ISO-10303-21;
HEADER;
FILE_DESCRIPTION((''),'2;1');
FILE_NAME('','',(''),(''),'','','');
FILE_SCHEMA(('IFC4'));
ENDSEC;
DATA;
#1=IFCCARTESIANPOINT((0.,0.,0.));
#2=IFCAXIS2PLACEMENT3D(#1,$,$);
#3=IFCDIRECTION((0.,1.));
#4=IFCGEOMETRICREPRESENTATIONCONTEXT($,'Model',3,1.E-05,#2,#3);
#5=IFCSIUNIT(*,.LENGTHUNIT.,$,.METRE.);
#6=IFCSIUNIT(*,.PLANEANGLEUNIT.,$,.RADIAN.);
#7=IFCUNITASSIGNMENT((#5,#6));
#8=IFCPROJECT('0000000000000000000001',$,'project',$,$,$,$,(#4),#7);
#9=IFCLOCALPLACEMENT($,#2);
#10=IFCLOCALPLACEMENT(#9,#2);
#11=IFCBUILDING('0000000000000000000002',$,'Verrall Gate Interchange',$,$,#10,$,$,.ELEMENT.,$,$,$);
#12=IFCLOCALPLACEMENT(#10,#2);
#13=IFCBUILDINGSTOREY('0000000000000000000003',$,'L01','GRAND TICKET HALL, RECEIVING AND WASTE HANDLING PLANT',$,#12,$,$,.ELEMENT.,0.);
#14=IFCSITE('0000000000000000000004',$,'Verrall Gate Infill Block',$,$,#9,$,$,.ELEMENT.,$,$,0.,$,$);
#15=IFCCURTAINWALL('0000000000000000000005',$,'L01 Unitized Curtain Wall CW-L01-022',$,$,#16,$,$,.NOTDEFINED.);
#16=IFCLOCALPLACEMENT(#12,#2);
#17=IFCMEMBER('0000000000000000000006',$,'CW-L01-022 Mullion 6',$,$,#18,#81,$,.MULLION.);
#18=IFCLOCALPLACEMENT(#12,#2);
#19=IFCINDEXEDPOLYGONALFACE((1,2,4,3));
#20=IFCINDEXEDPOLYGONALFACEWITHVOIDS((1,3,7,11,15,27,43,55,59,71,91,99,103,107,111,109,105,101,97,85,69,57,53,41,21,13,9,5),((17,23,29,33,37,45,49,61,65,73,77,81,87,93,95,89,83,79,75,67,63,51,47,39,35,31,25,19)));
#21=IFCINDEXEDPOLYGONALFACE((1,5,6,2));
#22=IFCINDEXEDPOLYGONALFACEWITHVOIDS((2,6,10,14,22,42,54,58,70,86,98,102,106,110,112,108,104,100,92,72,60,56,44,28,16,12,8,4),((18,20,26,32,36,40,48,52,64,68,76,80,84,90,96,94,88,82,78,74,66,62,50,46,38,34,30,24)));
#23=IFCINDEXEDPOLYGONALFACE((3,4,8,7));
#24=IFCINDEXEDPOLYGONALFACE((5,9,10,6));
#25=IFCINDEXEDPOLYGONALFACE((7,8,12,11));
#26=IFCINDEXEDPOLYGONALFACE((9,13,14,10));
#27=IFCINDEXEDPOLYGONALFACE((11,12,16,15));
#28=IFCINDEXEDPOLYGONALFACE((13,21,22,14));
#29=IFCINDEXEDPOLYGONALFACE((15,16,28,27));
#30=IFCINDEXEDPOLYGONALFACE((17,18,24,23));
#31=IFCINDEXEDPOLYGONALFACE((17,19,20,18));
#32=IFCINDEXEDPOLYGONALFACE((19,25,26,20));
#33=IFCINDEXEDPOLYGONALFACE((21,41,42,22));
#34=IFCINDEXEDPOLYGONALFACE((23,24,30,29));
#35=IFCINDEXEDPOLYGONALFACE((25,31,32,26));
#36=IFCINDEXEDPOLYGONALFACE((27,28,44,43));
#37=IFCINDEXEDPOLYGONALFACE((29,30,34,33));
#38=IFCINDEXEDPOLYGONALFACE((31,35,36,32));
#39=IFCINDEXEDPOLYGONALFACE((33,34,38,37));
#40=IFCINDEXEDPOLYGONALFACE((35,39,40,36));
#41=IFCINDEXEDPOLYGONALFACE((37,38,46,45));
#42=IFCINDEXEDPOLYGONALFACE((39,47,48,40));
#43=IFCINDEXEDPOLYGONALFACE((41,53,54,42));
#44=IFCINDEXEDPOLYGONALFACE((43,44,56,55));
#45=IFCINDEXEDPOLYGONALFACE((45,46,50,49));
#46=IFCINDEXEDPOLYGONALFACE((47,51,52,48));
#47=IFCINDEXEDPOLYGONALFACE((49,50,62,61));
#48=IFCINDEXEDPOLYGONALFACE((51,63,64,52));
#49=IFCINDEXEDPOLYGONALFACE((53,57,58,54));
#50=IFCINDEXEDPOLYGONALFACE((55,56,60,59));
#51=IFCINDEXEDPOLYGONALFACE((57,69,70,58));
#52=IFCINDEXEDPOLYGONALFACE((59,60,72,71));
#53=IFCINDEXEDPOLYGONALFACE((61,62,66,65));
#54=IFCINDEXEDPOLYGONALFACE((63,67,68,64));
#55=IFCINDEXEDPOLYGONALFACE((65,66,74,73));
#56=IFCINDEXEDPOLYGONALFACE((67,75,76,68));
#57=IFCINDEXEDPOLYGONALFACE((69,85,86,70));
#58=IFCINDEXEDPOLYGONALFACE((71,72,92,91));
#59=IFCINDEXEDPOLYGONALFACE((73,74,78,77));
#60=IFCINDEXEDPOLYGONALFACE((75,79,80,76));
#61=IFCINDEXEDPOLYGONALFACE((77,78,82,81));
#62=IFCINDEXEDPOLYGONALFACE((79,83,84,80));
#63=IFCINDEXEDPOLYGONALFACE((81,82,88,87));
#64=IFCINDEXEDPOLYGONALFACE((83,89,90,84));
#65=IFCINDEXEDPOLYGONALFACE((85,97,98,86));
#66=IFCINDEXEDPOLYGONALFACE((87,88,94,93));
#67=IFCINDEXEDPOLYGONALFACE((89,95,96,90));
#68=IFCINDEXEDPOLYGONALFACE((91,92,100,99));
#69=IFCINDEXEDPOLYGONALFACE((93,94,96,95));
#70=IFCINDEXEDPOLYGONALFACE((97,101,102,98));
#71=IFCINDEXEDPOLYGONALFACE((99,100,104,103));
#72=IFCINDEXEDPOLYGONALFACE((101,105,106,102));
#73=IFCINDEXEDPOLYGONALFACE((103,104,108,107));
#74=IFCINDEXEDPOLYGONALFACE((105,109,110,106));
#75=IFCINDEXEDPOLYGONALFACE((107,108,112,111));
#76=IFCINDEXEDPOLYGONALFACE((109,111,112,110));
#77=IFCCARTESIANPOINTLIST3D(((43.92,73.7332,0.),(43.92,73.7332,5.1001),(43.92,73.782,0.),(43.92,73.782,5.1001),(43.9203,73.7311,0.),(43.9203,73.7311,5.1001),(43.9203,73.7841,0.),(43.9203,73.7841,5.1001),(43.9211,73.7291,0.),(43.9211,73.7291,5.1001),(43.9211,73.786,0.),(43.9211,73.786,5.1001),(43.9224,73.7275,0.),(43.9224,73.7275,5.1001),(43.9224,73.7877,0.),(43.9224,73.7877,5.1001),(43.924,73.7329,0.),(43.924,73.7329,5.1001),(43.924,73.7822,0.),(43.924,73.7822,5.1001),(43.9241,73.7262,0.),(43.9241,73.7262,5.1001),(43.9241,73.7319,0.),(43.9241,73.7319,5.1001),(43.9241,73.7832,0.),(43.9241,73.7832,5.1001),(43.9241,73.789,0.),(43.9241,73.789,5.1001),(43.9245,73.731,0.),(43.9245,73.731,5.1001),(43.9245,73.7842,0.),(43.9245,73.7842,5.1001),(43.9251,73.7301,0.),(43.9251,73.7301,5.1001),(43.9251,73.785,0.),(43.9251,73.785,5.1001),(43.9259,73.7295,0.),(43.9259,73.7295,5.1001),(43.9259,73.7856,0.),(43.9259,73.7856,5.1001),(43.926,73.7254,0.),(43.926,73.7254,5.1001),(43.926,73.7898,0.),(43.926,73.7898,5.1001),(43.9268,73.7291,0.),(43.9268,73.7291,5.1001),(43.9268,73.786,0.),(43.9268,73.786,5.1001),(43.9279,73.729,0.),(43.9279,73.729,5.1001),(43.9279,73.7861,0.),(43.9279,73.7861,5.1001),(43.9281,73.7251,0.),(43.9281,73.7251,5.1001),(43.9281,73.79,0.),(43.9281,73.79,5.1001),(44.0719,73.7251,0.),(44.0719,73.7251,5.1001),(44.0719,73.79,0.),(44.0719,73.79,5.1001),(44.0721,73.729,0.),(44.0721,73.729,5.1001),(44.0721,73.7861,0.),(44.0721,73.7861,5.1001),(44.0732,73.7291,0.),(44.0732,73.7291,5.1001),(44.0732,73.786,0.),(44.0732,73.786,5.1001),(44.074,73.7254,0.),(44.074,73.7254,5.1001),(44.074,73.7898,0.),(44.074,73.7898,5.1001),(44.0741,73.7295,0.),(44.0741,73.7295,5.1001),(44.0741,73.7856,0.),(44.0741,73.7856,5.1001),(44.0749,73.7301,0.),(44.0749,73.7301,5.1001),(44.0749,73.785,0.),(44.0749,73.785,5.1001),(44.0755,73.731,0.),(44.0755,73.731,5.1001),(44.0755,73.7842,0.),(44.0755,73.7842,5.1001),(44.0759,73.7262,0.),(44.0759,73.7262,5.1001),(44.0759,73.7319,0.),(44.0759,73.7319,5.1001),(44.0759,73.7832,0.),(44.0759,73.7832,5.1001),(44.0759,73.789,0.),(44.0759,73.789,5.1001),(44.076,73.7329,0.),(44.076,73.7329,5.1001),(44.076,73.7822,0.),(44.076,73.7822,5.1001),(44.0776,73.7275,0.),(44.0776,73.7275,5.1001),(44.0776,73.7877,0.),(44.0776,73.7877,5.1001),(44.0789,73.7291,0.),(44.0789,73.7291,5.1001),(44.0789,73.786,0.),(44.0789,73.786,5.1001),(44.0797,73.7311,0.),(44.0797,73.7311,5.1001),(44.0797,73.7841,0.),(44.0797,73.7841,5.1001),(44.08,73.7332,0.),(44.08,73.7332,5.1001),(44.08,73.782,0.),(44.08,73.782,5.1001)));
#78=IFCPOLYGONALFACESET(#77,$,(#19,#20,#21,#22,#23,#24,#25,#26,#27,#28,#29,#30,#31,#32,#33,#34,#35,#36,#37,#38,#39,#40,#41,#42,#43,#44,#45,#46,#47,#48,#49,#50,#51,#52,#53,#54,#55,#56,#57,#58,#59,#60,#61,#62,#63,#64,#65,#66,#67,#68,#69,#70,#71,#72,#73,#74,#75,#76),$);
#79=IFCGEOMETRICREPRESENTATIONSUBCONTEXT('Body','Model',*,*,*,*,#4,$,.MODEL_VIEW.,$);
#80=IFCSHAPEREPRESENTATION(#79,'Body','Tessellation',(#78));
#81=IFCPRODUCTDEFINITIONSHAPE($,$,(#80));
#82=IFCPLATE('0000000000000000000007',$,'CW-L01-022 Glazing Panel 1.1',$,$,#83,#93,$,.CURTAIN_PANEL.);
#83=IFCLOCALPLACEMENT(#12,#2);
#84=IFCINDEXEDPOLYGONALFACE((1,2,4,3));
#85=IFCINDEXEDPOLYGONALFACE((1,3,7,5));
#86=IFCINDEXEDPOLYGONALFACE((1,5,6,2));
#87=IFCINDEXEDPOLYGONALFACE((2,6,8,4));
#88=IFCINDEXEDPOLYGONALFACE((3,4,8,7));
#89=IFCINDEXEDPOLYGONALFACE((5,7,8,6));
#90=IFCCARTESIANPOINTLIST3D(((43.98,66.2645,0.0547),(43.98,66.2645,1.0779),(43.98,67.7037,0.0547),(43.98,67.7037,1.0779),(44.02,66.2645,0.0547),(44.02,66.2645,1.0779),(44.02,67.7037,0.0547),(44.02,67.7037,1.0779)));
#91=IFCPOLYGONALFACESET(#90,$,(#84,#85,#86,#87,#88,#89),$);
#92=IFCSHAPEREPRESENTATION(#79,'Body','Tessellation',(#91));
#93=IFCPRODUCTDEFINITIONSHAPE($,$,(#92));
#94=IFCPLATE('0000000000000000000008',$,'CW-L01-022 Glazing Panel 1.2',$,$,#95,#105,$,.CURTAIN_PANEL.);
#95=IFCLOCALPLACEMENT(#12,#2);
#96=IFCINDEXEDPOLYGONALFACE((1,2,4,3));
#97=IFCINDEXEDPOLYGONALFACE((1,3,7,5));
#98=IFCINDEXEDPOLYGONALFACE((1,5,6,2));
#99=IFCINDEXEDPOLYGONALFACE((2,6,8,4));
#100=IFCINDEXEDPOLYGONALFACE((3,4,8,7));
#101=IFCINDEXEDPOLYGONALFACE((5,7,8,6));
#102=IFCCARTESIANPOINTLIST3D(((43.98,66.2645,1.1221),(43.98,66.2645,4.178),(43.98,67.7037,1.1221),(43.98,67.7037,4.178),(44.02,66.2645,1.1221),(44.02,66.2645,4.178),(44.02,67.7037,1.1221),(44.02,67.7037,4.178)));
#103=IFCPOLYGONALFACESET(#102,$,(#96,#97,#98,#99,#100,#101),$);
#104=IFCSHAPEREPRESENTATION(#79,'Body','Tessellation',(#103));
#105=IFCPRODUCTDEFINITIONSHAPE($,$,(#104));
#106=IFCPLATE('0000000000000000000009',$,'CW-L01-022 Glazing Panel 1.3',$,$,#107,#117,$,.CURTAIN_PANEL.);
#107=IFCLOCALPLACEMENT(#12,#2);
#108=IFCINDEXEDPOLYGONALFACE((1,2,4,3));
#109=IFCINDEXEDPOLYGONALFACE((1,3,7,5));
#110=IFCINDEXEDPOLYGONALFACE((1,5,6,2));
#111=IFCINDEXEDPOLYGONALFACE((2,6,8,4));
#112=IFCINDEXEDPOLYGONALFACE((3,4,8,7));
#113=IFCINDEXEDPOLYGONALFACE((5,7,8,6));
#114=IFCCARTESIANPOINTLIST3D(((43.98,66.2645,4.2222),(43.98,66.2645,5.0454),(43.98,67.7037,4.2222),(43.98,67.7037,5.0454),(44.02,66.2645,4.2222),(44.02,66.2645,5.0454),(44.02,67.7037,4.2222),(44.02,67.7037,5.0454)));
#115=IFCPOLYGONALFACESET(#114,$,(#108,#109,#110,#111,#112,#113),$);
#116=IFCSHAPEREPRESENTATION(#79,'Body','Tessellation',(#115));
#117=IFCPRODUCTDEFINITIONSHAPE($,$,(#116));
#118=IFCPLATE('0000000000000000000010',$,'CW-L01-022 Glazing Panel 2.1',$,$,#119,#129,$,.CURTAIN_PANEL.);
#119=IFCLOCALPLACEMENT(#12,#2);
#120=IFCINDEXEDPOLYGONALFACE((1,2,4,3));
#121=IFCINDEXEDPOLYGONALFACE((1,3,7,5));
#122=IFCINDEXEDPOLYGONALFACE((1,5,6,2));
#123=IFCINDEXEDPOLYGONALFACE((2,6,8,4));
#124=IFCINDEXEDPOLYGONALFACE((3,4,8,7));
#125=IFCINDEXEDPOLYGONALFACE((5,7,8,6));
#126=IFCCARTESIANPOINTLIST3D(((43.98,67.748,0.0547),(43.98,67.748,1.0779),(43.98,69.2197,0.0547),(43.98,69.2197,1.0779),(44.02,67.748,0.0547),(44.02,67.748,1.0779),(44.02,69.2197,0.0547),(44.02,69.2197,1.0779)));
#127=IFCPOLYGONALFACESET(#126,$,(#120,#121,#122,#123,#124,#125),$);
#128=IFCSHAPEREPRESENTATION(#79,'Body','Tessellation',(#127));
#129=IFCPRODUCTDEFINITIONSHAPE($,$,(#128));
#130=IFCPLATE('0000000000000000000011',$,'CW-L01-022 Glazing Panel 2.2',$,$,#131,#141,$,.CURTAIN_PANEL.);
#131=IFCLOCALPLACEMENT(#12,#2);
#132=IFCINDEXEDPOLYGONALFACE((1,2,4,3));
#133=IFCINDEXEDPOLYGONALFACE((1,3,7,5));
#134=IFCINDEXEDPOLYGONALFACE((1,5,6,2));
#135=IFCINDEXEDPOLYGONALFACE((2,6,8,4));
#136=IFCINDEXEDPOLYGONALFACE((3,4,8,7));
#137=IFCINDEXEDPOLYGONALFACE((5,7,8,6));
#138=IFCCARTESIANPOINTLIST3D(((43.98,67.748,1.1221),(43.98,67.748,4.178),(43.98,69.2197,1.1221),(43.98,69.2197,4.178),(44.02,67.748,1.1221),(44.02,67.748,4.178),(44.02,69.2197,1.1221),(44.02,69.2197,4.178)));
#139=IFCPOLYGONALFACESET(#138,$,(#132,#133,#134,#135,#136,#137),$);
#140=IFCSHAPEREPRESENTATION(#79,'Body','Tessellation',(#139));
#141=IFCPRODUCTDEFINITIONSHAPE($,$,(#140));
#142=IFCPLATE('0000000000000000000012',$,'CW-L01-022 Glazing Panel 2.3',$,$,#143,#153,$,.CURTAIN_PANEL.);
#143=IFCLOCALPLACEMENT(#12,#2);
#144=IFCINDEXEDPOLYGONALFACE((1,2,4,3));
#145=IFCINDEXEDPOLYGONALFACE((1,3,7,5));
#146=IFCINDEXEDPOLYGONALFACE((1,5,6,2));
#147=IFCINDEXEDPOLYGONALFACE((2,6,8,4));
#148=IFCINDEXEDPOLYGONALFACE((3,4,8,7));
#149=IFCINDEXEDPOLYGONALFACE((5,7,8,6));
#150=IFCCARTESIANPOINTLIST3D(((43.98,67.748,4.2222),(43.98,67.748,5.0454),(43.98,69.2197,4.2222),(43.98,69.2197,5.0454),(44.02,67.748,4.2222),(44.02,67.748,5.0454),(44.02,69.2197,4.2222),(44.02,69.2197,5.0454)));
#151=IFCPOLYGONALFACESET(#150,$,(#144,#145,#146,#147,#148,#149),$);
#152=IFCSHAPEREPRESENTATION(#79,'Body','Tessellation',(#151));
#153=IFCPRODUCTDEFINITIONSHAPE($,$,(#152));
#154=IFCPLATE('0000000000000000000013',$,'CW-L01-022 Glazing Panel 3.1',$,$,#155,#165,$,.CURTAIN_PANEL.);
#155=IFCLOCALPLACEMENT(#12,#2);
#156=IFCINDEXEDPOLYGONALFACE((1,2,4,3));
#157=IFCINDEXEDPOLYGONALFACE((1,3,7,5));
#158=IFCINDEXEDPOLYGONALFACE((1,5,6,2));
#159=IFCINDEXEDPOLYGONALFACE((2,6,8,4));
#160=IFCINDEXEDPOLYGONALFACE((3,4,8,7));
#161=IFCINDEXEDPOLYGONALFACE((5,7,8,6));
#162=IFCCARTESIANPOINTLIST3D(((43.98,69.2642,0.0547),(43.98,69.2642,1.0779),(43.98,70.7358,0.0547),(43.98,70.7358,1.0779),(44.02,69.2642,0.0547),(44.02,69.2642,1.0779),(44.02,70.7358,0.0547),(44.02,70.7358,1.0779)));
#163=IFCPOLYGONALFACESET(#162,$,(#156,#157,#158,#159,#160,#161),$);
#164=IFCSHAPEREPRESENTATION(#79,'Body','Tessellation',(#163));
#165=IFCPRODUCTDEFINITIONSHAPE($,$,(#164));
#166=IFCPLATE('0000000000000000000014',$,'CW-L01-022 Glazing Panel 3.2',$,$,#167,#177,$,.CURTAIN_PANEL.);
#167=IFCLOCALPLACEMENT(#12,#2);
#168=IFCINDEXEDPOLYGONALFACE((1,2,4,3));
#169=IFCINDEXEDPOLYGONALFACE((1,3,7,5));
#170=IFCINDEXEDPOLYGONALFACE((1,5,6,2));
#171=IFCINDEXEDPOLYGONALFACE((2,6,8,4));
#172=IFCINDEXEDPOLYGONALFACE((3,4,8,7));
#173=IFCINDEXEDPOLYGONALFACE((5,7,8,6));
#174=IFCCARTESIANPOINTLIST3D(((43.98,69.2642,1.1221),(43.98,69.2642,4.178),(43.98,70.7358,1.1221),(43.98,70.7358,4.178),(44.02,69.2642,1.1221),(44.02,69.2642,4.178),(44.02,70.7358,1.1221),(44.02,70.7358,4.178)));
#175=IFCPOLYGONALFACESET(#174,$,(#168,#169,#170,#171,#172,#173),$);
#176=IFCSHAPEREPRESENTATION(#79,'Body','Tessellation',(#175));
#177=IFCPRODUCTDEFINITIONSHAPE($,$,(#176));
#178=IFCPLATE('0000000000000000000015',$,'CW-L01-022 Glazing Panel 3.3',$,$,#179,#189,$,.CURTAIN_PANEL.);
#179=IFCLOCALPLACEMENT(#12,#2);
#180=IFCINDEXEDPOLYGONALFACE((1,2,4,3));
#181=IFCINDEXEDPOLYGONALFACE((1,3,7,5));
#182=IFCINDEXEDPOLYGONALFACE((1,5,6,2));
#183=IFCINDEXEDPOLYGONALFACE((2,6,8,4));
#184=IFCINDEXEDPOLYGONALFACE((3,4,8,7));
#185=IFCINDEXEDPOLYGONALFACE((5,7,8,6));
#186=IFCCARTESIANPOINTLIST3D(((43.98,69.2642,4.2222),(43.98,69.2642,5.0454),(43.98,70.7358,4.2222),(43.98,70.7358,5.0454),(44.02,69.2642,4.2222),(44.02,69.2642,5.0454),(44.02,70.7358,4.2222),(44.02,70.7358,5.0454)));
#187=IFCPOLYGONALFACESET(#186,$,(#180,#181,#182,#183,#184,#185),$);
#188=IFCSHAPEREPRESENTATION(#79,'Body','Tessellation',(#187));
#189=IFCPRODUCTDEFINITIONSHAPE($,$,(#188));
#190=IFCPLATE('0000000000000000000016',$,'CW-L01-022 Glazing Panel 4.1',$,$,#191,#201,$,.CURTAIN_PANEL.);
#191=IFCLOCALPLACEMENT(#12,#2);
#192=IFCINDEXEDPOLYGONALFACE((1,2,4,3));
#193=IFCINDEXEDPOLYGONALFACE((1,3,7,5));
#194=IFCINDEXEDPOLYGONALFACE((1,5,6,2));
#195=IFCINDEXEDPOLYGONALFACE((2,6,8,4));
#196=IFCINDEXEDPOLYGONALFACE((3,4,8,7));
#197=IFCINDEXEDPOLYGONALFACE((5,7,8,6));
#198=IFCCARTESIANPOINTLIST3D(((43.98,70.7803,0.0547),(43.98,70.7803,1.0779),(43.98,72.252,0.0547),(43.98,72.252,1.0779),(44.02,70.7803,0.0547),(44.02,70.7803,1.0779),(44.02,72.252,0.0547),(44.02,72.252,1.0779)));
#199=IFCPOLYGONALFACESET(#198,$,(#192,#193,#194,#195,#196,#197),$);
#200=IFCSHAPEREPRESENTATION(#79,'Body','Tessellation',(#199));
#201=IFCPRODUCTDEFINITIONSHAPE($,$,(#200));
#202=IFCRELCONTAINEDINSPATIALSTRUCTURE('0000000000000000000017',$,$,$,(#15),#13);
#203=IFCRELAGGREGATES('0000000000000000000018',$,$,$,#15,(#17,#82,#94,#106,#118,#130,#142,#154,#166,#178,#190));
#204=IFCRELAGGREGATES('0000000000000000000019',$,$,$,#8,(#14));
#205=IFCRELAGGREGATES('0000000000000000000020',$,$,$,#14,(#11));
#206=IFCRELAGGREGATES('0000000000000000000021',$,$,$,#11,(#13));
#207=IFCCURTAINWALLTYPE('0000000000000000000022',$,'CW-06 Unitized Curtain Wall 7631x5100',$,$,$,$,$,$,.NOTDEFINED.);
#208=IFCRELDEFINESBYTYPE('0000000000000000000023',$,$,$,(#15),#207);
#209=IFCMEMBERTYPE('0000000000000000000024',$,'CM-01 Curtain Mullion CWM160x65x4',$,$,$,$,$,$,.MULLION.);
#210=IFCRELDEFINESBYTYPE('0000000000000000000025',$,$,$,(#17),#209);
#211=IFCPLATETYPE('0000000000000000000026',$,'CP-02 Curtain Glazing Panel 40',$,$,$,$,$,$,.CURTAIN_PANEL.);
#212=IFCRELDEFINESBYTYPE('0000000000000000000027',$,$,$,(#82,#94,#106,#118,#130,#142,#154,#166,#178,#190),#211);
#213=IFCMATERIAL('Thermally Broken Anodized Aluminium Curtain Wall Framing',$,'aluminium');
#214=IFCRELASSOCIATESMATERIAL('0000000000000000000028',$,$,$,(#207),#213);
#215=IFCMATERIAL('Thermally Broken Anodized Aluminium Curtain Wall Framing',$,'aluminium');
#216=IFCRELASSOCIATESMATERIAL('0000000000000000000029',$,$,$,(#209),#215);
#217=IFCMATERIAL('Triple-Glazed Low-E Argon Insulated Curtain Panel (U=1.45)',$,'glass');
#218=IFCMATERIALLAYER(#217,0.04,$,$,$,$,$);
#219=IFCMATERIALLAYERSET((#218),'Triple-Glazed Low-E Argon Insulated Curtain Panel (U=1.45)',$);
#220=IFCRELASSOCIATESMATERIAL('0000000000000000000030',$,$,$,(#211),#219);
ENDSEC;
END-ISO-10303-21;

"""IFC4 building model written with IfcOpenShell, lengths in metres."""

from ifc_helpers import new_model, si_unit, direction, frame, origin, origin_2d, place, context, subcontext, project, spatial, rectangle, hollow_rectangle, extrude, material, layer, layer_set, material_profile, profile_set, type_object, element, aggregate, save


model = new_model("IFC4")

# Units and contexts
model_context = context("Model", 3, precision=1e-05, world=origin(), true_north=direction((0.0, 1.0)))
body_context = subcontext(model_context, "Body", "Model", "MODEL_VIEW")
ifc_project = project(units=[si_unit("LENGTHUNIT", "METRE"), si_unit("PLANEANGLEUNIT", "RADIAN")], contexts=[model_context])

# Site, building, storey
site_placement = place(None, origin())
site = spatial("IfcSite", under=ifc_project, at=site_placement, Name="Verrall Gate Infill Block", CompositionType="ELEMENT", RefElevation=0.0)
building_placement = place(site_placement, origin())
building = spatial("IfcBuilding", under=site, at=building_placement, Name="Verrall Gate Interchange", CompositionType="ELEMENT")
storey_placement = place(building_placement, origin())
storey = spatial("IfcBuildingStorey", under=building, at=storey_placement, Name="L01", Description="GRAND TICKET HALL, RECEIVING AND WASTE HANDLING PLANT", CompositionType="ELEMENT", Elevation=0.0)

# Curtain wall, member, plates
ifc_material_1 = material(Name="Thermally Broken Anodized Aluminium Curtain Wall Framing", Category="aluminium")
curtain_wall_type = type_object("IfcCurtainWallType", Name="CW-06 Unitized Curtain Wall 7631x5100", PredefinedType="NOTDEFINED", material=ifc_material_1)
curtain_wall_placement = place(storey_placement, origin())
curtain_wall = element("IfcCurtainWall", 1, at=curtain_wall_placement, inside=storey, type_object=curtain_wall_type, Name="L01 Unitized Curtain Wall CW-L01-022", PredefinedType="NOTDEFINED")
ifc_material_2 = material(Name="Thermally Broken Anodized Aluminium Curtain Wall Framing", Category="aluminium")
ifc_material_profile_1 = material_profile(ifc_material_2, hollow_rectangle(XDim=0.0649, YDim=0.1599, WallThickness=0.0039, InnerFilletRadius=0.0039, OuterFilletRadius=0.0081, at=origin_2d()), Name="CWM160x65x4")
ifc_profile_set_1 = profile_set([ifc_material_profile_1], Name="Thermally Broken Anodized Aluminium Curtain Wall Framing")
member_type = type_object("IfcMemberType", Name="CM-01 Curtain Mullion CWM160x65x4", PredefinedType="MULLION", material=ifc_profile_set_1)
member_1_placement = place(storey_placement, frame((44.0, 73.7576, 0.0), z_axis=(0.0, 0.0, 1.0), x_axis=(0.0, 1.0, 0.0)))
member_1 = element("IfcMember", 2, at=member_1_placement, type_object=member_type, Name="CW-L01-022 Mullion 6", PredefinedType="MULLION", context=body_context, shape_type="SweptSolid", body=[
    extrude(hollow_rectangle(XDim=0.0649, YDim=0.1599, WallThickness=0.0039, InnerFilletRadius=0.0039, OuterFilletRadius=0.0081, at=origin_2d()), origin(), (0.0, 0.0, 1.0), 5.1001),
])
ifc_material_3 = material(Name="Triple-Glazed Low-E Argon Insulated Curtain Panel (U=1.45)", Category="glass")
ifc_layer = layer(ifc_material_3, 0.04)
ifc_layer_set = layer_set([ifc_layer], Name="Triple-Glazed Low-E Argon Insulated Curtain Panel (U=1.45)")
plate_type = type_object("IfcPlateType", Name="CP-02 Curtain Glazing Panel 40", PredefinedType="CURTAIN_PANEL", material=ifc_layer_set)
plate_1_placement = place(storey_placement, frame((44.0, 66.9841, 0.0547), z_axis=(0.0, 0.0, 1.0), x_axis=(0.0, 1.0, 0.0)))
plate_1 = element("IfcPlate", 3, at=plate_1_placement, type_object=plate_type, Name="CW-L01-022 Glazing Panel 1.1", PredefinedType="CURTAIN_PANEL", context=body_context, shape_type="SweptSolid", body=[
    extrude(rectangle(XDim=1.4392, YDim=0.04, at=origin_2d()), origin(), (0.0, 0.0, 1.0), 1.0232),
])
plate_2_placement = place(storey_placement, frame((44.0, 66.9841, 1.1221), z_axis=(0.0, 0.0, 1.0), x_axis=(0.0, 1.0, 0.0)))
plate_2 = element("IfcPlate", 4, at=plate_2_placement, type_object=plate_type, Name="CW-L01-022 Glazing Panel 1.2", PredefinedType="CURTAIN_PANEL", context=body_context, shape_type="SweptSolid", body=[
    extrude(rectangle(XDim=1.4392, YDim=0.04, at=origin_2d()), origin(), (0.0, 0.0, 1.0), 3.0559),
])
plate_3_placement = place(storey_placement, frame((44.0, 66.9841, 4.2222), z_axis=(0.0, 0.0, 1.0), x_axis=(0.0, 1.0, 0.0)))
plate_3 = element("IfcPlate", 5, at=plate_3_placement, type_object=plate_type, Name="CW-L01-022 Glazing Panel 1.3", PredefinedType="CURTAIN_PANEL", context=body_context, shape_type="SweptSolid", body=[
    extrude(rectangle(XDim=1.4392, YDim=0.04, at=origin_2d()), origin(), (0.0, 0.0, 1.0), 0.8232),
])
plate_4_placement = place(storey_placement, frame((44.0, 68.4839, 0.0547), z_axis=(0.0, 0.0, 1.0), x_axis=(0.0, 1.0, 0.0)))
plate_4 = element("IfcPlate", 6, at=plate_4_placement, type_object=plate_type, Name="CW-L01-022 Glazing Panel 2.1", PredefinedType="CURTAIN_PANEL", context=body_context, shape_type="SweptSolid", body=[
    extrude(rectangle(XDim=1.4717, YDim=0.04, at=origin_2d()), origin(), (0.0, 0.0, 1.0), 1.0232),
])
plate_5_placement = place(storey_placement, frame((44.0, 68.4839, 1.1221), z_axis=(0.0, 0.0, 1.0), x_axis=(0.0, 1.0, 0.0)))
plate_5 = element("IfcPlate", 7, at=plate_5_placement, type_object=plate_type, Name="CW-L01-022 Glazing Panel 2.2", PredefinedType="CURTAIN_PANEL", context=body_context, shape_type="SweptSolid", body=[
    extrude(rectangle(XDim=1.4717, YDim=0.04, at=origin_2d()), origin(), (0.0, 0.0, 1.0), 3.0559),
])
plate_6_placement = place(storey_placement, frame((44.0, 68.4839, 4.2222), z_axis=(0.0, 0.0, 1.0), x_axis=(0.0, 1.0, 0.0)))
plate_6 = element("IfcPlate", 8, at=plate_6_placement, type_object=plate_type, Name="CW-L01-022 Glazing Panel 2.3", PredefinedType="CURTAIN_PANEL", context=body_context, shape_type="SweptSolid", body=[
    extrude(rectangle(XDim=1.4717, YDim=0.04, at=origin_2d()), origin(), (0.0, 0.0, 1.0), 0.8232),
])
plate_7_placement = place(storey_placement, frame((44.0, 70.0, 0.0547), z_axis=(0.0, 0.0, 1.0), x_axis=(0.0, 1.0, 0.0)))
plate_7 = element("IfcPlate", 9, at=plate_7_placement, type_object=plate_type, Name="CW-L01-022 Glazing Panel 3.1", PredefinedType="CURTAIN_PANEL", context=body_context, shape_type="SweptSolid", body=[
    extrude(rectangle(XDim=1.4717, YDim=0.04, at=origin_2d()), origin(), (0.0, 0.0, 1.0), 1.0232),
])
plate_8_placement = place(storey_placement, frame((44.0, 70.0, 1.1221), z_axis=(0.0, 0.0, 1.0), x_axis=(0.0, 1.0, 0.0)))
plate_8 = element("IfcPlate", 10, at=plate_8_placement, type_object=plate_type, Name="CW-L01-022 Glazing Panel 3.2", PredefinedType="CURTAIN_PANEL", context=body_context, shape_type="SweptSolid", body=[
    extrude(rectangle(XDim=1.4717, YDim=0.04, at=origin_2d()), origin(), (0.0, 0.0, 1.0), 3.0559),
])
plate_9_placement = place(storey_placement, frame((44.0, 70.0, 4.2222), z_axis=(0.0, 0.0, 1.0), x_axis=(0.0, 1.0, 0.0)))
plate_9 = element("IfcPlate", 11, at=plate_9_placement, type_object=plate_type, Name="CW-L01-022 Glazing Panel 3.3", PredefinedType="CURTAIN_PANEL", context=body_context, shape_type="SweptSolid", body=[
    extrude(rectangle(XDim=1.4717, YDim=0.04, at=origin_2d()), origin(), (0.0, 0.0, 1.0), 0.8232),
])
plate_10_placement = place(storey_placement, frame((44.0, 71.5161, 0.0547), z_axis=(0.0, 0.0, 1.0), x_axis=(0.0, 1.0, 0.0)))
plate_10 = element("IfcPlate", 12, at=plate_10_placement, type_object=plate_type, Name="CW-L01-022 Glazing Panel 4.1", PredefinedType="CURTAIN_PANEL", context=body_context, shape_type="SweptSolid", body=[
    extrude(rectangle(XDim=1.4717, YDim=0.04, at=origin_2d()), origin(), (0.0, 0.0, 1.0), 1.0232),
])
aggregate(curtain_wall, [member_1, plate_1, plate_2, plate_3, plate_4, plate_5, plate_6, plate_7, plate_8, plate_9, plate_10])

save(model, "model.ifc")
